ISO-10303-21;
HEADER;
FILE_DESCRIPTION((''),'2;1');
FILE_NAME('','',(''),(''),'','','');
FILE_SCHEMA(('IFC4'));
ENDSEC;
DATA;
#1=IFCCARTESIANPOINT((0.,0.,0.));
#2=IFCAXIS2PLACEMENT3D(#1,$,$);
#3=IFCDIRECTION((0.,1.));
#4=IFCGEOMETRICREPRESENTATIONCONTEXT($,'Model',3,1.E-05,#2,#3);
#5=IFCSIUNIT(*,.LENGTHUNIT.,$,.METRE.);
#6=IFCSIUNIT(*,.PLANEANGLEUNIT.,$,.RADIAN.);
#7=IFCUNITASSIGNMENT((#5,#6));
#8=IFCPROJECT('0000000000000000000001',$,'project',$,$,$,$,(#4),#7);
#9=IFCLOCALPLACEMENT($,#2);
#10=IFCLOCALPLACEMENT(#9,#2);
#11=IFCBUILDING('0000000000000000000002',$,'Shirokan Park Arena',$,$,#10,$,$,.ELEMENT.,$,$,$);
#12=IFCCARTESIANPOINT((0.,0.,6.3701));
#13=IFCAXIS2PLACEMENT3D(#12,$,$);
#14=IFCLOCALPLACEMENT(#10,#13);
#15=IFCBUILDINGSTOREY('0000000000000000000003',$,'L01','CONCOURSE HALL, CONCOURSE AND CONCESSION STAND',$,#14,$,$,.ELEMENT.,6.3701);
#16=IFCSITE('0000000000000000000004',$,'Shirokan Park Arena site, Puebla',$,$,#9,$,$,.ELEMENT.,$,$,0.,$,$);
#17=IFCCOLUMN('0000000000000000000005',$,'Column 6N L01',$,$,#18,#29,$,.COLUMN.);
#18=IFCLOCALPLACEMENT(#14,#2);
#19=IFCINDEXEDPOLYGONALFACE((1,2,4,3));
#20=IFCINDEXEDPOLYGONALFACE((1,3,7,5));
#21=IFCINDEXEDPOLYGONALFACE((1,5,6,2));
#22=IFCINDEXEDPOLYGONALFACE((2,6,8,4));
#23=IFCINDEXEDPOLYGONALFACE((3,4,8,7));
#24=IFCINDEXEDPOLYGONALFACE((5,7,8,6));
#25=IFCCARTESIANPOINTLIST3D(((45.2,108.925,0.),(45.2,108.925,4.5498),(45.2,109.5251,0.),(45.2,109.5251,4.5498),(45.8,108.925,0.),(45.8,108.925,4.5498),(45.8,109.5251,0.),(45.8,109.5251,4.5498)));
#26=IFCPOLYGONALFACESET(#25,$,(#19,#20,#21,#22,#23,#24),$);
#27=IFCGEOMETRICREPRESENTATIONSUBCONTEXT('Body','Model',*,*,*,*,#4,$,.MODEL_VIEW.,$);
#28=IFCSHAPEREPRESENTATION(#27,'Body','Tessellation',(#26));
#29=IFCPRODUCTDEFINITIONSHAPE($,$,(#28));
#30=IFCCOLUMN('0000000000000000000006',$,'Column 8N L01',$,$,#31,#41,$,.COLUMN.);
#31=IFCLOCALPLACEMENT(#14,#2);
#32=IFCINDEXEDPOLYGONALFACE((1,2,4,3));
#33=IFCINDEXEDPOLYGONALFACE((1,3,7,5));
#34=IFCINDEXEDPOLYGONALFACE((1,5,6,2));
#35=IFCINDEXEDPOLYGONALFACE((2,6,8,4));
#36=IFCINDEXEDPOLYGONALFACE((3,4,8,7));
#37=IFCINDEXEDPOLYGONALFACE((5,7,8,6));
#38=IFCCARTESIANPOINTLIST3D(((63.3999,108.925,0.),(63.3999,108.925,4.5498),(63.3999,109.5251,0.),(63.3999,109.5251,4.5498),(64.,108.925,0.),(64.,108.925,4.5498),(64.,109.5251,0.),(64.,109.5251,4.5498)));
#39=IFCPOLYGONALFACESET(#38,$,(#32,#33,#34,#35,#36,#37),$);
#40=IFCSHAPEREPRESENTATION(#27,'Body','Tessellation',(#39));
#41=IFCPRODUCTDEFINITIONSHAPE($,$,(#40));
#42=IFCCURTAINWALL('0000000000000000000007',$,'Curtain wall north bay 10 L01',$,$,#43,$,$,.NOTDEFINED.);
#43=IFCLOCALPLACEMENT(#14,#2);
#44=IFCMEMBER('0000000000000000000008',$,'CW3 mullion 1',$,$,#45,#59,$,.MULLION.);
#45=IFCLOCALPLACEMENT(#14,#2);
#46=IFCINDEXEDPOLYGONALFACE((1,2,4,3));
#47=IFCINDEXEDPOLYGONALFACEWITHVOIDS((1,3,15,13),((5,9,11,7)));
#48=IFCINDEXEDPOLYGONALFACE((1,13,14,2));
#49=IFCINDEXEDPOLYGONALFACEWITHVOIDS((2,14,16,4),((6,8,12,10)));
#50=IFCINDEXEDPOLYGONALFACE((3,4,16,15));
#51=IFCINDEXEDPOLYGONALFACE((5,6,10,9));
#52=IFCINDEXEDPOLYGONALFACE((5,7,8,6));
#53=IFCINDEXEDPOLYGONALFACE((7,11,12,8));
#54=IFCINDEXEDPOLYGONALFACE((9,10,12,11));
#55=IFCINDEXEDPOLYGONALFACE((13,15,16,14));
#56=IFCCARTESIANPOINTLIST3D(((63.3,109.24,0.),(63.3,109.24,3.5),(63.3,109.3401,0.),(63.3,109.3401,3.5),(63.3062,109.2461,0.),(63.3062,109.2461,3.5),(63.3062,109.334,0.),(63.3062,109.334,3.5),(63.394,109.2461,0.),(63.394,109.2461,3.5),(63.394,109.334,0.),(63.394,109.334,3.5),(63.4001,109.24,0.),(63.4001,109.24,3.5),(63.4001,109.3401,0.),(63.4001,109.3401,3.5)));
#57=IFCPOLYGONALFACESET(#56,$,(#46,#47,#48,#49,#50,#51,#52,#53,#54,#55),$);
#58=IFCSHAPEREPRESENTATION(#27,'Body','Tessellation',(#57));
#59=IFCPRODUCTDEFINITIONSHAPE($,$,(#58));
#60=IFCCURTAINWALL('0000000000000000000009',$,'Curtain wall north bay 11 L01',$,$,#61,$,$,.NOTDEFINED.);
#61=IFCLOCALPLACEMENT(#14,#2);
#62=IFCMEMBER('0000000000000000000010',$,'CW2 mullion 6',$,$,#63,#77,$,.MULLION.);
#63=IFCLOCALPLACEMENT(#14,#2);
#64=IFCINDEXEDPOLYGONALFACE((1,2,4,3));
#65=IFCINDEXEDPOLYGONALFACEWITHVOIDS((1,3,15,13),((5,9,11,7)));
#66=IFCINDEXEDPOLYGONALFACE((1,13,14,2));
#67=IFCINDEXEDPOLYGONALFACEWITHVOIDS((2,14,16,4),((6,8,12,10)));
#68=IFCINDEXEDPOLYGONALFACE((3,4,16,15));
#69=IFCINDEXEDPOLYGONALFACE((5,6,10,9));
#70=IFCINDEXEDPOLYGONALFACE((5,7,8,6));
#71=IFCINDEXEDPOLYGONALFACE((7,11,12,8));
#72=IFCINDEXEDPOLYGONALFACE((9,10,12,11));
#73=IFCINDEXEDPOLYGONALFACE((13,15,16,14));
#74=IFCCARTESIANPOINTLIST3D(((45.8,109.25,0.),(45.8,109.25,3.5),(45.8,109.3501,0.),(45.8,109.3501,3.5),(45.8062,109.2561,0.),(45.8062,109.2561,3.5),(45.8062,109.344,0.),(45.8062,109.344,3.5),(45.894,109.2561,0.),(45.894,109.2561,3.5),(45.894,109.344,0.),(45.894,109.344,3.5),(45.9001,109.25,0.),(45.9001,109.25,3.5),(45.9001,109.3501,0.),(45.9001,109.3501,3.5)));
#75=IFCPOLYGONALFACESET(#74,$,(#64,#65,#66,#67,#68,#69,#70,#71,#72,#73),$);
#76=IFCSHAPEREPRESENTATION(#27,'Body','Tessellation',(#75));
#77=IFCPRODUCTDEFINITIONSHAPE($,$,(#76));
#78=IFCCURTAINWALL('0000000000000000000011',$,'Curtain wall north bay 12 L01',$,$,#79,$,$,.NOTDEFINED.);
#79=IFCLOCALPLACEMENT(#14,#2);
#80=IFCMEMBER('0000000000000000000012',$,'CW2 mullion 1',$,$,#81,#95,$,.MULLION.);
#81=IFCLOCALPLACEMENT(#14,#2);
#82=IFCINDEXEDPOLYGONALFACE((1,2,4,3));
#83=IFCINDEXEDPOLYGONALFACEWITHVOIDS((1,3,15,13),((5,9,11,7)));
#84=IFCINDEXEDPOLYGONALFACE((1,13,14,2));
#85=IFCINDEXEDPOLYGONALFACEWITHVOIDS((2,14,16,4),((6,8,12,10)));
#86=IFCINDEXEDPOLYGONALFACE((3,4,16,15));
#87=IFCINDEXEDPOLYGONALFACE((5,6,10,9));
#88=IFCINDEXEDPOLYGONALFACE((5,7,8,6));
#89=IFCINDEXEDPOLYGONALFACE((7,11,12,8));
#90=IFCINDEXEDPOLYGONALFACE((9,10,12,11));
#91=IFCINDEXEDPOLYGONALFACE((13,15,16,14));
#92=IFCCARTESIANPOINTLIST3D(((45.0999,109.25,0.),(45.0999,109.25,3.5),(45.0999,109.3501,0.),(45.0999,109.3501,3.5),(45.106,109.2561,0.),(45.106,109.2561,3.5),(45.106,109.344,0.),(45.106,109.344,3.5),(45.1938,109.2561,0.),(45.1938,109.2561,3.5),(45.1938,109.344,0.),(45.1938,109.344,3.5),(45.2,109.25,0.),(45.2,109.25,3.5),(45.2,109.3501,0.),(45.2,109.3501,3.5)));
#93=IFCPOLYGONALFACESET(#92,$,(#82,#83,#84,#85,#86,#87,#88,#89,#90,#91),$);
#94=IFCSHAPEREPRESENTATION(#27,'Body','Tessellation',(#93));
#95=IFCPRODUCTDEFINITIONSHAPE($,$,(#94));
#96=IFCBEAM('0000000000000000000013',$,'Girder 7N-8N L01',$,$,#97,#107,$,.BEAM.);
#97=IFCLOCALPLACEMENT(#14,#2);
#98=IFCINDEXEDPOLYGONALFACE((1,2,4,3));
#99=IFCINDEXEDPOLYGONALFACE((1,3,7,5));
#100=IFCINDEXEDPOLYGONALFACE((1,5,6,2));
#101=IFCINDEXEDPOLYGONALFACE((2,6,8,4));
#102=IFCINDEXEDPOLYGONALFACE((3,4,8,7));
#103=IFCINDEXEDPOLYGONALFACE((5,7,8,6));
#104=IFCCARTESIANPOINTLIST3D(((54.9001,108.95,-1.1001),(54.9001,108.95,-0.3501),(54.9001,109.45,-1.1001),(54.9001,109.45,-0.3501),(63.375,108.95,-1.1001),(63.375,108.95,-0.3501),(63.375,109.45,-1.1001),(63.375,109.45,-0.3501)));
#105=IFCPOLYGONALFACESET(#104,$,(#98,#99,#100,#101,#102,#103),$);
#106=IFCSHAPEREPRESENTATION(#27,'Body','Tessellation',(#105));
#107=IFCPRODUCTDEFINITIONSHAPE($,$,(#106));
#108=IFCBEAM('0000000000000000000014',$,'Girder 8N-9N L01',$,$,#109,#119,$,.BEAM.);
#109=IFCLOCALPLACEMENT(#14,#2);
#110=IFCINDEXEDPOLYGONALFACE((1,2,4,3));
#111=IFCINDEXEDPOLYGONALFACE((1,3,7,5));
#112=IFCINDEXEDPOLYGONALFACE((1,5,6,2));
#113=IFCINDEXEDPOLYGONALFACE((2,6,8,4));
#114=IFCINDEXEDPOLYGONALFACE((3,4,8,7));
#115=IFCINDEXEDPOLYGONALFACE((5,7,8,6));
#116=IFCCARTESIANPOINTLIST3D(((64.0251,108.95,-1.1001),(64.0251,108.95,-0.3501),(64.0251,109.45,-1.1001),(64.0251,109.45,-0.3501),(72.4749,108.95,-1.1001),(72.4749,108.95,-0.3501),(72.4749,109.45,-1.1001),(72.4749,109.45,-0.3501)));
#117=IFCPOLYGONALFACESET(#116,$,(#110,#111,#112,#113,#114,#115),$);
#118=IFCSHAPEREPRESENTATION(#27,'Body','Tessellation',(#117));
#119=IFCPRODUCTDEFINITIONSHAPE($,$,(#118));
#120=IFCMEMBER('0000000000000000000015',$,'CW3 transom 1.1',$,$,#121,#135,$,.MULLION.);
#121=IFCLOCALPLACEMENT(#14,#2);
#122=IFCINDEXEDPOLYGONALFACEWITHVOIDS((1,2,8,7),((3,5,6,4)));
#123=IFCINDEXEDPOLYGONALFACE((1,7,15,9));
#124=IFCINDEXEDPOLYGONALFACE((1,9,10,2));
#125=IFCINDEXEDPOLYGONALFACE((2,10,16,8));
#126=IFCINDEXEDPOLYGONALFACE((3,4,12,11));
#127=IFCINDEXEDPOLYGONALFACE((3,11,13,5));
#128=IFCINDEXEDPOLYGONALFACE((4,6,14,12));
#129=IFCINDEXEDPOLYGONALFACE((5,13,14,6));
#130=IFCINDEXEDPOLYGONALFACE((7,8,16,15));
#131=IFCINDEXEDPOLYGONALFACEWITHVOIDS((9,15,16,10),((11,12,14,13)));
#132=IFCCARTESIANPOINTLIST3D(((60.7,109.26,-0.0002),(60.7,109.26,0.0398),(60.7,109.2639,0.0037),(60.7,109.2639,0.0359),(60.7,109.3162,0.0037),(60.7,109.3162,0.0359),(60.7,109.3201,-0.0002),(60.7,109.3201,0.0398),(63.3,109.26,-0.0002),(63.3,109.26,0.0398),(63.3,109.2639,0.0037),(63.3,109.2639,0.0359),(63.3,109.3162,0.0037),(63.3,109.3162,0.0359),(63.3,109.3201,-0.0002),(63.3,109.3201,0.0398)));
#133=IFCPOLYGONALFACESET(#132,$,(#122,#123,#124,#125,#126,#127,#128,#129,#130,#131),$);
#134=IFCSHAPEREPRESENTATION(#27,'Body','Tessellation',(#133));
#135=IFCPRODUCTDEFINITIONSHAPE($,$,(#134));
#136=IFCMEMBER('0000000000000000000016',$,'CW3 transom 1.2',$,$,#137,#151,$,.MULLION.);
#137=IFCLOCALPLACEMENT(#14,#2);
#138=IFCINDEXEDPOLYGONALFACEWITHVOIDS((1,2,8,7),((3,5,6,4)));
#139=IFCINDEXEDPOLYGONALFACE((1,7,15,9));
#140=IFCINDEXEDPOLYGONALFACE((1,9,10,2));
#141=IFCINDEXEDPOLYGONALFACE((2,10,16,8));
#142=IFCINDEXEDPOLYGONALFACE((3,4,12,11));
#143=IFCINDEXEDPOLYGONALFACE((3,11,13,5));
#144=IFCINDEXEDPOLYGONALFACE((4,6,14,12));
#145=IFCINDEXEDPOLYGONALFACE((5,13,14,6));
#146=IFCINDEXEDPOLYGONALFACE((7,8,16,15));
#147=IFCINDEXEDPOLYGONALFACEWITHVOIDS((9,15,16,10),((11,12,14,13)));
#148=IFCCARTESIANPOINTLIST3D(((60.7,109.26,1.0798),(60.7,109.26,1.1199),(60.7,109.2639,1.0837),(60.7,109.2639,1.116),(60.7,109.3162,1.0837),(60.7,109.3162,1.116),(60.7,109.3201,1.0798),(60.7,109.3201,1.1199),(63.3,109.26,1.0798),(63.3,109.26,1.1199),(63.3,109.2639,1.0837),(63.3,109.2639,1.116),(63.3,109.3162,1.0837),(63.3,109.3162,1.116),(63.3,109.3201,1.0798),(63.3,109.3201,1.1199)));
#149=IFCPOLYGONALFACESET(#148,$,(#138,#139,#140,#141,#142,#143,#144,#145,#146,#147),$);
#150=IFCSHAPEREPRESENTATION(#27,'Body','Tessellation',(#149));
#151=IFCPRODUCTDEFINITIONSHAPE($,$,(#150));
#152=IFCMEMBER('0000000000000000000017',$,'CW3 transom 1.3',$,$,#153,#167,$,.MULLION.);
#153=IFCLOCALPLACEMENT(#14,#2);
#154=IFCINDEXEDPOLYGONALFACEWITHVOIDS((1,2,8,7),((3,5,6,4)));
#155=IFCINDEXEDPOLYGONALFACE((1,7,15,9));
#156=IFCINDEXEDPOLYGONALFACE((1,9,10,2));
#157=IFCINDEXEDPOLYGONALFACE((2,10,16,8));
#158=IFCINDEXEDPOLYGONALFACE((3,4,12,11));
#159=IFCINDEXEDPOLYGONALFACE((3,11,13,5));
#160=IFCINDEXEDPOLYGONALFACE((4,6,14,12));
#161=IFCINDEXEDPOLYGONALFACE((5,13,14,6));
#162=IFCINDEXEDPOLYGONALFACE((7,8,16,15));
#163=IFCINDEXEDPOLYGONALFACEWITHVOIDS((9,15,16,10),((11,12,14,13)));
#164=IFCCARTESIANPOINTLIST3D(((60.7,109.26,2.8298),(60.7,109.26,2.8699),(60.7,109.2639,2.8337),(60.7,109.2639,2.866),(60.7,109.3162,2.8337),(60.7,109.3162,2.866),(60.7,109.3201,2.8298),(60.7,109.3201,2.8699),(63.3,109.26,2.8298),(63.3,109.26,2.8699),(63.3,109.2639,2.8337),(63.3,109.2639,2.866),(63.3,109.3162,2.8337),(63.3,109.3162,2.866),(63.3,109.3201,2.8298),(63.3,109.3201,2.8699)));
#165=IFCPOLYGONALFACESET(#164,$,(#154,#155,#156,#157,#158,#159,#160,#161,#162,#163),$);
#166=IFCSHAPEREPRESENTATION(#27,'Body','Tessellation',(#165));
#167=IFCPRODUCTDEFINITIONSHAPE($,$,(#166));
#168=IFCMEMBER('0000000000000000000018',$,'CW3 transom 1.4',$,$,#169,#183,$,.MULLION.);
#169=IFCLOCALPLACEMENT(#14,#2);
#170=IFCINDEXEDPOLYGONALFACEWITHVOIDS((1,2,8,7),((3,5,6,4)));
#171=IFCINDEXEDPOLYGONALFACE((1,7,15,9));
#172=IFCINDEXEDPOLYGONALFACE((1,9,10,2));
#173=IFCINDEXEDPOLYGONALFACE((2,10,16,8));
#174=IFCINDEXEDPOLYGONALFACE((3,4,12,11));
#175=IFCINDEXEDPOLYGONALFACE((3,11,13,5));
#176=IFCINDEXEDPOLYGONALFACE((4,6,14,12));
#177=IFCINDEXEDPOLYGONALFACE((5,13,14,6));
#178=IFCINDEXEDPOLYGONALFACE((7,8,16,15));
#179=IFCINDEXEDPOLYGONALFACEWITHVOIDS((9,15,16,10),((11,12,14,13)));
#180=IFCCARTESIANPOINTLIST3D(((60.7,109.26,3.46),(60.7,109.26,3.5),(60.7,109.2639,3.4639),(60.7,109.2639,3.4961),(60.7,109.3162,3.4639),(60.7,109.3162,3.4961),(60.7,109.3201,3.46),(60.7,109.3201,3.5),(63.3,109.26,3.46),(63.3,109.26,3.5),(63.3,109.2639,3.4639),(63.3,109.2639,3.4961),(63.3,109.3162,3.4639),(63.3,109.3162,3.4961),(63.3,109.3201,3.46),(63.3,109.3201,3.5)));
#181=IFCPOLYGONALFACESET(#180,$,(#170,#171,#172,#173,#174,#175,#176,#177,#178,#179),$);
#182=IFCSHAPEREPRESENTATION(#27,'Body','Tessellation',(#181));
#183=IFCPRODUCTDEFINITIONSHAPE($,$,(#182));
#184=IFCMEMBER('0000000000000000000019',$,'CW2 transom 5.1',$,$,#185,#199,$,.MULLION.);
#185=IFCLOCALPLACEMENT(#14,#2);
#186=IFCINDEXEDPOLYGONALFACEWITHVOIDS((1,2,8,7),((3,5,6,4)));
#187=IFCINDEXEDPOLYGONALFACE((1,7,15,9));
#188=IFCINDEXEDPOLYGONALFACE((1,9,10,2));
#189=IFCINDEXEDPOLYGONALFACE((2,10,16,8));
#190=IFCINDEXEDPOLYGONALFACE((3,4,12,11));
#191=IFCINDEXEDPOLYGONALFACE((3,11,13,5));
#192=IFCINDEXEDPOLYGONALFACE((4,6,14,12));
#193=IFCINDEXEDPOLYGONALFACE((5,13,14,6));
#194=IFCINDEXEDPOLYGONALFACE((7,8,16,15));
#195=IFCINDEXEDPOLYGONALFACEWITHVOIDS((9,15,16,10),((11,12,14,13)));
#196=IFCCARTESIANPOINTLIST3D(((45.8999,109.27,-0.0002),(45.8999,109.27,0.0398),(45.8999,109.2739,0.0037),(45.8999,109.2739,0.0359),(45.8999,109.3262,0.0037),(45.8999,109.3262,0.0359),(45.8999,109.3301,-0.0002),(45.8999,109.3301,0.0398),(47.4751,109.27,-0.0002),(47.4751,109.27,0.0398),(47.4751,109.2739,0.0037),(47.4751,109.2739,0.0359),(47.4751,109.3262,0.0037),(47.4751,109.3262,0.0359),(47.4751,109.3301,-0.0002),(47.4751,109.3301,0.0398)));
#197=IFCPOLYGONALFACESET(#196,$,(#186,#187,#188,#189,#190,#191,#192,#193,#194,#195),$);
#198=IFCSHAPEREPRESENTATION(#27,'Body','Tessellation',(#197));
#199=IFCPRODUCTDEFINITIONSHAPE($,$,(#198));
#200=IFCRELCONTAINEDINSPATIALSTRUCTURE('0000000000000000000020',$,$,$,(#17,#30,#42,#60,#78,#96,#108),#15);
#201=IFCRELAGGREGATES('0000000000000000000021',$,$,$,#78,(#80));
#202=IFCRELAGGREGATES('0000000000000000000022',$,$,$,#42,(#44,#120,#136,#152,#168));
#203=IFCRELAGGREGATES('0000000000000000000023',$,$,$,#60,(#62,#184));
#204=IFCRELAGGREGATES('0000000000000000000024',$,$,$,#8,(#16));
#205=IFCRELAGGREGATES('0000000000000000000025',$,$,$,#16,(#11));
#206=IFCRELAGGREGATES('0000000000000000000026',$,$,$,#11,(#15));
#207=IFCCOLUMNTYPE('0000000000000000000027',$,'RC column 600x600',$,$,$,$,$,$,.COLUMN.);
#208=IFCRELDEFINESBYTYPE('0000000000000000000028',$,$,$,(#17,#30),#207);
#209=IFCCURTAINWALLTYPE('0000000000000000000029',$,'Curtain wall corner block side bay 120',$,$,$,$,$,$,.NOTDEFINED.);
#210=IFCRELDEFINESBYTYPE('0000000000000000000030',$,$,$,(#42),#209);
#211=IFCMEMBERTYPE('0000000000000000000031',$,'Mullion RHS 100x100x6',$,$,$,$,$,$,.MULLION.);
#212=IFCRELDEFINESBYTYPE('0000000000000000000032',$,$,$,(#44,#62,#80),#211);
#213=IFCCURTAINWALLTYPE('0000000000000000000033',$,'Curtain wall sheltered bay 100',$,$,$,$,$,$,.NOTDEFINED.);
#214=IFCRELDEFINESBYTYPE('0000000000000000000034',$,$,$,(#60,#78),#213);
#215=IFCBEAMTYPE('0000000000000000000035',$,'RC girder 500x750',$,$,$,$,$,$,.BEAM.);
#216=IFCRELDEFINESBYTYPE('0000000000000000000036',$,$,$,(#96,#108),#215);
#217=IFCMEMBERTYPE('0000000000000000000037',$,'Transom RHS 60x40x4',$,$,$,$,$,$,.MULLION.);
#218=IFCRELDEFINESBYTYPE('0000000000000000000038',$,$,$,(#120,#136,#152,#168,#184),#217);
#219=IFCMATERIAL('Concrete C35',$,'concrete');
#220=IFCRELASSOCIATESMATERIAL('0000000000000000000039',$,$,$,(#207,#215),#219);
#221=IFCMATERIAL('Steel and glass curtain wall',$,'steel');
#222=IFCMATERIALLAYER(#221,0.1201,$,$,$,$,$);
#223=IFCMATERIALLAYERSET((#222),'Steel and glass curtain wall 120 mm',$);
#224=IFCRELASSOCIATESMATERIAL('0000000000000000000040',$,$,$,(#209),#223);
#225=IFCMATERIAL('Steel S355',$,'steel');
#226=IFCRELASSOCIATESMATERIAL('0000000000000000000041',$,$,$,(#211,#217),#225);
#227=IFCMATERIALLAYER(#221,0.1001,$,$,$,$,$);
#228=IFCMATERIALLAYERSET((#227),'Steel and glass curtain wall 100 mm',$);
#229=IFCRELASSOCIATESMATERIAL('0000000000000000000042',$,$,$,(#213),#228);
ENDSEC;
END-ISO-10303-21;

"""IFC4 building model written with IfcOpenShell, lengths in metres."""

from ifc_helpers import new_model, si_unit, direction, frame, origin, origin_2d, place, context, subcontext, project, spatial, rectangle, hollow_rectangle, extrude, material, layer, layer_set, material_profile, profile_set, type_object, element, aggregate, save


model = new_model("IFC4")

# Units and contexts
model_context = context("Model", 3, precision=1e-05, world=origin(), true_north=direction((0.0, 1.0)))
body_context = subcontext(model_context, "Body", "Model", "MODEL_VIEW")
ifc_project = project(units=[si_unit("LENGTHUNIT", "METRE"), si_unit("PLANEANGLEUNIT", "RADIAN")], contexts=[model_context])

# Site, building, storey
site_placement = place(None, origin())
site = spatial("IfcSite", under=ifc_project, at=site_placement, Name="Shirokan Park Arena site, Puebla", CompositionType="ELEMENT", RefElevation=0.0)
building_placement = place(site_placement, origin())
building = spatial("IfcBuilding", under=site, at=building_placement, Name="Shirokan Park Arena", CompositionType="ELEMENT")
storey_placement = place(building_placement, frame((0.0, 0.0, 6.3701)))
storey = spatial("IfcBuildingStorey", under=building, at=storey_placement, Name="L01", Description="CONCOURSE HALL, CONCOURSE AND CONCESSION STAND", CompositionType="ELEMENT", Elevation=6.3701)

# Columns
ifc_material_1 = material(Name="Concrete C35", Category="concrete")
ifc_material_profile_1 = material_profile(ifc_material_1, rectangle(XDim=0.6001, YDim=0.6001, at=origin_2d()), Name="600x600")
ifc_profile_set_1 = profile_set([ifc_material_profile_1], Name="Concrete C35")
column_type = type_object("IfcColumnType", Name="RC column 600x600", PredefinedType="COLUMN", material=ifc_profile_set_1)
for number, where, z_axis, x_axis, name in (
    (1, (45.5, 109.2251, 0.0), (0.0, 0.0, 1.0), (1.0, 0.0, 0.0), "Column 6N L01"),
    (2, (63.7, 109.2251, 0.0), (0.0, 0.0, 1.0), (1.0, 0.0, 0.0), "Column 8N L01"),
):
    element("IfcColumn", number, at=place(storey_placement, frame(where, z_axis=z_axis, x_axis=x_axis)), inside=storey, type_object=column_type, Name=name, PredefinedType="COLUMN", context=body_context, shape_type="SweptSolid", body=[
        extrude(rectangle(XDim=0.6001, YDim=0.6001, at=origin_2d()), origin(), (0.0, 0.0, 1.0), 4.5498),
    ])

# Curtain walls, members
ifc_material_2 = material(Name="Steel and glass curtain wall", Category="steel")
ifc_layer_1 = layer(ifc_material_2, 0.1201)
ifc_layer_set_1 = layer_set([ifc_layer_1], Name="Steel and glass curtain wall 120 mm")
curtain_wall_type_1 = type_object("IfcCurtainWallType", Name="Curtain wall corner block side bay 120", PredefinedType="NOTDEFINED", material=ifc_layer_set_1)
curtain_wall_1_placement = place(storey_placement, origin())
curtain_wall_1 = element("IfcCurtainWall", 3, at=curtain_wall_1_placement, inside=storey, type_object=curtain_wall_type_1, Name="Curtain wall north bay 10 L01", PredefinedType="NOTDEFINED")
ifc_material_3 = material(Name="Steel S355", Category="steel")
ifc_material_profile_2 = material_profile(ifc_material_3, hollow_rectangle(XDim=0.1001, YDim=0.1001, WallThickness=0.0061, at=origin_2d()), Name="RHS 100x100x6")
ifc_profile_set_2 = profile_set([ifc_material_profile_2], Name="Steel S355")
member_type_1 = type_object("IfcMemberType", Name="Mullion RHS 100x100x6", PredefinedType="MULLION", material=ifc_profile_set_2)
member_1_placement = place(storey_placement, frame((63.3501, 109.29, 0.0), z_axis=(0.0, 0.0, 1.0), x_axis=(0.0, -1.0, 0.0)))
member_1 = element("IfcMember", 4, at=member_1_placement, type_object=member_type_1, Name="CW3 mullion 1", PredefinedType="MULLION", context=body_context, shape_type="SweptSolid", body=[
    extrude(hollow_rectangle(XDim=0.1001, YDim=0.1001, WallThickness=0.0061, at=origin_2d()), origin(), (0.0, 0.0, 1.0), 3.5),
])
ifc_layer_2 = layer(ifc_material_2, 0.1001)
ifc_layer_set_2 = layer_set([ifc_layer_2], Name="Steel and glass curtain wall 100 mm")
curtain_wall_type_2 = type_object("IfcCurtainWallType", Name="Curtain wall sheltered bay 100", PredefinedType="NOTDEFINED", material=ifc_layer_set_2)
curtain_wall_2_placement = place(storey_placement, origin())
curtain_wall_2 = element("IfcCurtainWall", 5, at=curtain_wall_2_placement, inside=storey, type_object=curtain_wall_type_2, Name="Curtain wall north bay 11 L01", PredefinedType="NOTDEFINED")
member_2_placement = place(storey_placement, frame((45.8501, 109.3, 0.0), z_axis=(0.0, 0.0, 1.0), x_axis=(0.0, -1.0, 0.0)))
member_2 = element("IfcMember", 6, at=member_2_placement, type_object=member_type_1, Name="CW2 mullion 6", PredefinedType="MULLION", context=body_context, shape_type="SweptSolid", body=[
    extrude(hollow_rectangle(XDim=0.1001, YDim=0.1001, WallThickness=0.0061, at=origin_2d()), origin(), (0.0, 0.0, 1.0), 3.5),
])
curtain_wall_3_placement = place(storey_placement, origin())
curtain_wall_3 = element("IfcCurtainWall", 7, at=curtain_wall_3_placement, inside=storey, type_object=curtain_wall_type_2, Name="Curtain wall north bay 12 L01", PredefinedType="NOTDEFINED")
member_3_placement = place(storey_placement, frame((45.1499, 109.3, 0.0), z_axis=(0.0, 0.0, 1.0), x_axis=(0.0, -1.0, 0.0)))
member_3 = element("IfcMember", 8, at=member_3_placement, type_object=member_type_1, Name="CW2 mullion 1", PredefinedType="MULLION", context=body_context, shape_type="SweptSolid", body=[
    extrude(hollow_rectangle(XDim=0.1001, YDim=0.1001, WallThickness=0.0061, at=origin_2d()), origin(), (0.0, 0.0, 1.0), 3.5),
])

# Beams
ifc_material_profile_3 = material_profile(ifc_material_1, rectangle(XDim=0.5, YDim=0.75, at=origin_2d()), Name="500x750")
ifc_profile_set_3 = profile_set([ifc_material_profile_3], Name="Concrete C35")
beam_type = type_object("IfcBeamType", Name="RC girder 500x750", PredefinedType="BEAM", material=ifc_profile_set_3)
beam_1_placement = place(storey_placement, frame((54.9001, 109.2, -0.7251), z_axis=(1.0, 0.0, 0.0), x_axis=(0.0, 1.0, 0.0)))
element("IfcBeam", 9, at=beam_1_placement, inside=storey, type_object=beam_type, Name="Girder 7N-8N L01", PredefinedType="BEAM", context=body_context, shape_type="SweptSolid", body=[
    extrude(rectangle(XDim=0.5, YDim=0.75, at=origin_2d()), origin(), (0.0, 0.0, 1.0), 8.4749),
])
beam_2_placement = place(storey_placement, frame((64.0251, 109.2, -0.7251), z_axis=(1.0, 0.0, 0.0), x_axis=(0.0, 1.0, 0.0)))
element("IfcBeam", 10, at=beam_2_placement, inside=storey, type_object=beam_type, Name="Girder 8N-9N L01", PredefinedType="BEAM", context=body_context, shape_type="SweptSolid", body=[
    extrude(rectangle(XDim=0.5, YDim=0.75, at=origin_2d()), origin(), (0.0, 0.0, 1.0), 8.4497),
])

# Members
ifc_material_profile_4 = material_profile(ifc_material_3, hollow_rectangle(XDim=0.0601, YDim=0.04, WallThickness=0.0039, at=origin_2d()), Name="RHS 60x40x4")
ifc_profile_set_4 = profile_set([ifc_material_profile_4], Name="Steel S355")
member_type_2 = type_object("IfcMemberType", Name="Transom RHS 60x40x4", PredefinedType="MULLION", material=ifc_profile_set_4)
member_4_placement = place(storey_placement, frame((63.3, 109.29, 0.0198), z_axis=(-1.0, 0.0, 0.0), x_axis=(0.0, -1.0, 0.0)))
member_4 = element("IfcMember", 11, at=member_4_placement, type_object=member_type_2, Name="CW3 transom 1.1", PredefinedType="MULLION", context=body_context, shape_type="SweptSolid", body=[
    extrude(hollow_rectangle(XDim=0.0601, YDim=0.04, WallThickness=0.0039, at=origin_2d()), origin(), (0.0, 0.0, 1.0), 2.6001),
])
member_5_placement = place(storey_placement, frame((63.3, 109.29, 1.0999), z_axis=(-1.0, 0.0, 0.0), x_axis=(0.0, -1.0, 0.0)))
member_5 = element("IfcMember", 12, at=member_5_placement, type_object=member_type_2, Name="CW3 transom 1.2", PredefinedType="MULLION", context=body_context, shape_type="SweptSolid", body=[
    extrude(hollow_rectangle(XDim=0.0601, YDim=0.04, WallThickness=0.0039, at=origin_2d()), origin(), (0.0, 0.0, 1.0), 2.6001),
])
member_6_placement = place(storey_placement, frame((63.3, 109.29, 2.8499), z_axis=(-1.0, 0.0, 0.0), x_axis=(0.0, -1.0, 0.0)))
member_6 = element("IfcMember", 13, at=member_6_placement, type_object=member_type_2, Name="CW3 transom 1.3", PredefinedType="MULLION", context=body_context, shape_type="SweptSolid", body=[
    extrude(hollow_rectangle(XDim=0.0601, YDim=0.04, WallThickness=0.0039, at=origin_2d()), origin(), (0.0, 0.0, 1.0), 2.6001),
])
member_7_placement = place(storey_placement, frame((63.3, 109.29, 3.48), z_axis=(-1.0, 0.0, 0.0), x_axis=(0.0, -1.0, 0.0)))
member_7 = element("IfcMember", 14, at=member_7_placement, type_object=member_type_2, Name="CW3 transom 1.4", PredefinedType="MULLION", context=body_context, shape_type="SweptSolid", body=[
    extrude(hollow_rectangle(XDim=0.0601, YDim=0.04, WallThickness=0.0039, at=origin_2d()), origin(), (0.0, 0.0, 1.0), 2.6001),
])
member_8_placement = place(storey_placement, frame((47.4751, 109.3, 0.0198), z_axis=(-1.0, 0.0, 0.0), x_axis=(0.0, -1.0, 0.0)))
member_8 = element("IfcMember", 15, at=member_8_placement, type_object=member_type_2, Name="CW2 transom 5.1", PredefinedType="MULLION", context=body_context, shape_type="SweptSolid", body=[
    extrude(hollow_rectangle(XDim=0.0601, YDim=0.04, WallThickness=0.0039, at=origin_2d()), origin(), (0.0, 0.0, 1.0), 1.5752),
])
aggregate(curtain_wall_3, [member_3])

aggregate(curtain_wall_1, [member_1, member_4, member_5, member_6, member_7])
aggregate(curtain_wall_2, [member_2, member_8])

save(model, "model.ifc")
